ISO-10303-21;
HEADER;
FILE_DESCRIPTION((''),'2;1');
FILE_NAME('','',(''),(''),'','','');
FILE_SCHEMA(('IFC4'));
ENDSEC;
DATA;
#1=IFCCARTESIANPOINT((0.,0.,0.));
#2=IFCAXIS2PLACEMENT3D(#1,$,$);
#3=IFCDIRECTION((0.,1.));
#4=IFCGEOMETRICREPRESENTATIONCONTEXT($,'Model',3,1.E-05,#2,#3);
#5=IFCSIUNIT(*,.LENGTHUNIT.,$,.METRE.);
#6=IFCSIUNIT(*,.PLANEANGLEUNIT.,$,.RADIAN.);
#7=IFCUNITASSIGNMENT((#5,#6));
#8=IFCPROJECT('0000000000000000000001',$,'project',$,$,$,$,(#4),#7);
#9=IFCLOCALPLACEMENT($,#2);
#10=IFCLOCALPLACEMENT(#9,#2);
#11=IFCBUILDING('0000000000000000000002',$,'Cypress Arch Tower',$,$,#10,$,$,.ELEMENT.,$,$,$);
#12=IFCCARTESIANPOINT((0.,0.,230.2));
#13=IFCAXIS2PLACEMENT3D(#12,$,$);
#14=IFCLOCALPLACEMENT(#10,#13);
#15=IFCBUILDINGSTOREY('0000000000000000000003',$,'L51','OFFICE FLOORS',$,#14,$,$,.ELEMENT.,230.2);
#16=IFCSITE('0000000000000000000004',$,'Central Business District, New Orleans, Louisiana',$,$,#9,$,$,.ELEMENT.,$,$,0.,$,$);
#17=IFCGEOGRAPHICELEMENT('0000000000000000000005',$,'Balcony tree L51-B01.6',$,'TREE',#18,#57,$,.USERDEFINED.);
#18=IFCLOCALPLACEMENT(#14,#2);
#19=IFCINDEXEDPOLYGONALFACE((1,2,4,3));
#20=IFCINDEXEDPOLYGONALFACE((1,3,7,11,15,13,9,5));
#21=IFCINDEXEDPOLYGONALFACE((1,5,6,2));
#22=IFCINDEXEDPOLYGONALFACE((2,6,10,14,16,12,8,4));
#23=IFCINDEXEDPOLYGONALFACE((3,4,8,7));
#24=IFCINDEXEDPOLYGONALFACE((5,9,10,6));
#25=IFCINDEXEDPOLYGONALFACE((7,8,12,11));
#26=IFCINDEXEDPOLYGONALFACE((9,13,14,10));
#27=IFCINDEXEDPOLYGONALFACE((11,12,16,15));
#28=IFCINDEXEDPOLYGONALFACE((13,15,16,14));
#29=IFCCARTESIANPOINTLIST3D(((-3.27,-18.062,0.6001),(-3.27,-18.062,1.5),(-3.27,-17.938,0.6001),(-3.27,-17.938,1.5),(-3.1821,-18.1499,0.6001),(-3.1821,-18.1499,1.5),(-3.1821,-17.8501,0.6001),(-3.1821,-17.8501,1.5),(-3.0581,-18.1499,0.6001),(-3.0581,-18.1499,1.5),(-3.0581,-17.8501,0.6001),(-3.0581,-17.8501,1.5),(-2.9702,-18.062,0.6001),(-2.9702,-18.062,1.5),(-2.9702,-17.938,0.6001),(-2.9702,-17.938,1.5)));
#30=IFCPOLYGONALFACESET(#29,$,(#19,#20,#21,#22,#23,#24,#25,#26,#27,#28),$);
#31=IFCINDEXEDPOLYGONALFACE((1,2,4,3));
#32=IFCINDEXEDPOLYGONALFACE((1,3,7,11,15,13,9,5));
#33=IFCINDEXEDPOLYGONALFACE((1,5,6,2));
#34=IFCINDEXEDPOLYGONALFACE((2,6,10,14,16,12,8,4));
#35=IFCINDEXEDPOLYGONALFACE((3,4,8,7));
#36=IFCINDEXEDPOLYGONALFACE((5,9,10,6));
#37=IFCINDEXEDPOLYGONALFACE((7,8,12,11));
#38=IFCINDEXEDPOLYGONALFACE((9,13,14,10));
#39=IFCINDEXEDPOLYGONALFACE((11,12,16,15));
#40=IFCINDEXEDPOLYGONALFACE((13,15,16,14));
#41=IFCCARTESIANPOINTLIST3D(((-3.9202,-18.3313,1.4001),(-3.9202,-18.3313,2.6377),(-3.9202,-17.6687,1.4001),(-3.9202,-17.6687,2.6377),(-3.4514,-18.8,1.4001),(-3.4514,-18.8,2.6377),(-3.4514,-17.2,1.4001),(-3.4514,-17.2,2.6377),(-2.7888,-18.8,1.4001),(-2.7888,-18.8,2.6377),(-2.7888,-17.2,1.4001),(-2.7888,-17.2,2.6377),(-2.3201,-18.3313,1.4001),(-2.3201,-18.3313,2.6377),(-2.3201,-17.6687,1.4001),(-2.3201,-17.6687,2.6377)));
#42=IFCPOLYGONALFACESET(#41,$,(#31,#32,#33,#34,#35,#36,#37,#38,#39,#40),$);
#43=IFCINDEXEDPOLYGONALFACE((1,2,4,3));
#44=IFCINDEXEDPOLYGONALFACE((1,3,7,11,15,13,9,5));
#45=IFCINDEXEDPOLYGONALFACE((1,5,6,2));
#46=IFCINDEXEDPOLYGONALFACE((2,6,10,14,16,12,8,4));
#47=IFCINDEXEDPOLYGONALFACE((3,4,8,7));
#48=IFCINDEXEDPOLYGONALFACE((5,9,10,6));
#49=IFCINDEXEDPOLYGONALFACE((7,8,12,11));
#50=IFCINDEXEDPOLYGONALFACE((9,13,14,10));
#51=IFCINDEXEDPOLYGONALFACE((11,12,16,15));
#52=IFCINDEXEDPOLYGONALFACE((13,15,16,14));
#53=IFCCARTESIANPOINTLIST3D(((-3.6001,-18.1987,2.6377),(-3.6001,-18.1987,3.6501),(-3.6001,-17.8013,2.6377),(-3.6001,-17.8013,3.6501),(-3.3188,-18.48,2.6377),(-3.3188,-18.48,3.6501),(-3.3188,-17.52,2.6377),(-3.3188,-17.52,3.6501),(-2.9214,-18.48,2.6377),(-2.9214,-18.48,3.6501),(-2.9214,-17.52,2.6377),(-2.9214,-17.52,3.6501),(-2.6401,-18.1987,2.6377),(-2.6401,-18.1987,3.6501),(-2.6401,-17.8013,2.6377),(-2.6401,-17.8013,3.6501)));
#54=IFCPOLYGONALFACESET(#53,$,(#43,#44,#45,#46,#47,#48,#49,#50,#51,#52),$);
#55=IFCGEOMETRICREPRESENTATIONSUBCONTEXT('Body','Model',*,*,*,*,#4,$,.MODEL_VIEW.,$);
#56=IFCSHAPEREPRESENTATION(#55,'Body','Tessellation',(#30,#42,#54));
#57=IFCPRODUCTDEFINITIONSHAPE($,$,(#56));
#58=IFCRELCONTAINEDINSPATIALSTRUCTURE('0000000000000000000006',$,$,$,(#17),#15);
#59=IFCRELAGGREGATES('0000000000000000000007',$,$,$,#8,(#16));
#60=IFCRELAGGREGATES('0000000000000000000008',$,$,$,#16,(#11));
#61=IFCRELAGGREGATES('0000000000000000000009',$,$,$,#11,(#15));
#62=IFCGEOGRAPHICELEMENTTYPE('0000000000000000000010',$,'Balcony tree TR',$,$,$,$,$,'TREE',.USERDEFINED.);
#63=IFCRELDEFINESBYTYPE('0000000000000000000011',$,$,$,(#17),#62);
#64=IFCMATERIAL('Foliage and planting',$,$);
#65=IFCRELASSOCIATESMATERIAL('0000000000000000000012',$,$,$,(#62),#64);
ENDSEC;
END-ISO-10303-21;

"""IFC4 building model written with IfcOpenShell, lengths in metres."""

from ifc_helpers import new_model, si_unit, direction, frame, origin, place, context, subcontext, project, spatial, polyline, outline, extrude, material, type_object, element, save


model = new_model("IFC4")

# Units and contexts
model_context = context("Model", 3, precision=1e-05, world=origin(), true_north=direction((0.0, 1.0)))
body_context = subcontext(model_context, "Body", "Model", "MODEL_VIEW")
ifc_project = project(units=[si_unit("LENGTHUNIT", "METRE"), si_unit("PLANEANGLEUNIT", "RADIAN")], contexts=[model_context])

# Site, building, storey
site_placement = place(None, origin())
site = spatial("IfcSite", under=ifc_project, at=site_placement, Name="Central Business District, New Orleans, Louisiana", CompositionType="ELEMENT", RefElevation=0.0)
building_placement = place(site_placement, origin())
building = spatial("IfcBuilding", under=site, at=building_placement, Name="Cypress Arch Tower", CompositionType="ELEMENT")
storey_placement = place(building_placement, frame((0.0, 0.0, 230.2)))
storey = spatial("IfcBuildingStorey", under=building, at=storey_placement, Name="L51", Description="OFFICE FLOORS", CompositionType="ELEMENT", Elevation=230.2)

# Geographic element
ifc_material_1 = material(Name="Foliage and planting")
geographic_element_type = type_object("IfcGeographicElementType", Name="Balcony tree TR", ElementType="TREE", PredefinedType="USERDEFINED", material=ifc_material_1)
geographic_element_placement = place(storey_placement, frame((-3.1201, -18.0, 0.6001), z_axis=(0.0, 0.0, 1.0), x_axis=(1.0, 0.0, 0.0)))
element("IfcGeographicElement", 1, at=geographic_element_placement, inside=storey, type_object=geographic_element_type, Name="Balcony tree L51-B01.6", ObjectType="TREE", PredefinedType="USERDEFINED", context=body_context, shape_type="SweptSolid", body=[
    extrude(outline(polyline([(0.1499, 0.062), (0.062, 0.1499), (-0.062, 0.1499), (-0.1499, 0.062), (-0.1499, -0.062), (-0.062, -0.1499), (0.062, -0.1499), (0.1499, -0.062), (0.1499, 0.062)])), origin(), (0.0, 0.0, 1.0), 0.8999),
    extrude(outline(polyline([(0.8, 0.3313), (0.3313, 0.8), (-0.3313, 0.8), (-0.8, 0.3313), (-0.8, -0.3313), (-0.3313, -0.8), (0.3313, -0.8), (0.8, -0.3313), (0.8, 0.3313)])), frame((0.0, 0.0, 0.8)), (0.0, 0.0, 1.0), 1.2375),
    extrude(outline(polyline([(0.48, 0.1987), (0.1987, 0.48), (-0.1987, 0.48), (-0.48, 0.1987), (-0.48, -0.1987), (-0.1987, -0.48), (0.1987, -0.48), (0.48, -0.1987), (0.48, 0.1987)])), frame((0.0, 0.0, 2.0376)), (0.0, 0.0, 1.0), 1.0125),
])

save(model, "model.ifc")
